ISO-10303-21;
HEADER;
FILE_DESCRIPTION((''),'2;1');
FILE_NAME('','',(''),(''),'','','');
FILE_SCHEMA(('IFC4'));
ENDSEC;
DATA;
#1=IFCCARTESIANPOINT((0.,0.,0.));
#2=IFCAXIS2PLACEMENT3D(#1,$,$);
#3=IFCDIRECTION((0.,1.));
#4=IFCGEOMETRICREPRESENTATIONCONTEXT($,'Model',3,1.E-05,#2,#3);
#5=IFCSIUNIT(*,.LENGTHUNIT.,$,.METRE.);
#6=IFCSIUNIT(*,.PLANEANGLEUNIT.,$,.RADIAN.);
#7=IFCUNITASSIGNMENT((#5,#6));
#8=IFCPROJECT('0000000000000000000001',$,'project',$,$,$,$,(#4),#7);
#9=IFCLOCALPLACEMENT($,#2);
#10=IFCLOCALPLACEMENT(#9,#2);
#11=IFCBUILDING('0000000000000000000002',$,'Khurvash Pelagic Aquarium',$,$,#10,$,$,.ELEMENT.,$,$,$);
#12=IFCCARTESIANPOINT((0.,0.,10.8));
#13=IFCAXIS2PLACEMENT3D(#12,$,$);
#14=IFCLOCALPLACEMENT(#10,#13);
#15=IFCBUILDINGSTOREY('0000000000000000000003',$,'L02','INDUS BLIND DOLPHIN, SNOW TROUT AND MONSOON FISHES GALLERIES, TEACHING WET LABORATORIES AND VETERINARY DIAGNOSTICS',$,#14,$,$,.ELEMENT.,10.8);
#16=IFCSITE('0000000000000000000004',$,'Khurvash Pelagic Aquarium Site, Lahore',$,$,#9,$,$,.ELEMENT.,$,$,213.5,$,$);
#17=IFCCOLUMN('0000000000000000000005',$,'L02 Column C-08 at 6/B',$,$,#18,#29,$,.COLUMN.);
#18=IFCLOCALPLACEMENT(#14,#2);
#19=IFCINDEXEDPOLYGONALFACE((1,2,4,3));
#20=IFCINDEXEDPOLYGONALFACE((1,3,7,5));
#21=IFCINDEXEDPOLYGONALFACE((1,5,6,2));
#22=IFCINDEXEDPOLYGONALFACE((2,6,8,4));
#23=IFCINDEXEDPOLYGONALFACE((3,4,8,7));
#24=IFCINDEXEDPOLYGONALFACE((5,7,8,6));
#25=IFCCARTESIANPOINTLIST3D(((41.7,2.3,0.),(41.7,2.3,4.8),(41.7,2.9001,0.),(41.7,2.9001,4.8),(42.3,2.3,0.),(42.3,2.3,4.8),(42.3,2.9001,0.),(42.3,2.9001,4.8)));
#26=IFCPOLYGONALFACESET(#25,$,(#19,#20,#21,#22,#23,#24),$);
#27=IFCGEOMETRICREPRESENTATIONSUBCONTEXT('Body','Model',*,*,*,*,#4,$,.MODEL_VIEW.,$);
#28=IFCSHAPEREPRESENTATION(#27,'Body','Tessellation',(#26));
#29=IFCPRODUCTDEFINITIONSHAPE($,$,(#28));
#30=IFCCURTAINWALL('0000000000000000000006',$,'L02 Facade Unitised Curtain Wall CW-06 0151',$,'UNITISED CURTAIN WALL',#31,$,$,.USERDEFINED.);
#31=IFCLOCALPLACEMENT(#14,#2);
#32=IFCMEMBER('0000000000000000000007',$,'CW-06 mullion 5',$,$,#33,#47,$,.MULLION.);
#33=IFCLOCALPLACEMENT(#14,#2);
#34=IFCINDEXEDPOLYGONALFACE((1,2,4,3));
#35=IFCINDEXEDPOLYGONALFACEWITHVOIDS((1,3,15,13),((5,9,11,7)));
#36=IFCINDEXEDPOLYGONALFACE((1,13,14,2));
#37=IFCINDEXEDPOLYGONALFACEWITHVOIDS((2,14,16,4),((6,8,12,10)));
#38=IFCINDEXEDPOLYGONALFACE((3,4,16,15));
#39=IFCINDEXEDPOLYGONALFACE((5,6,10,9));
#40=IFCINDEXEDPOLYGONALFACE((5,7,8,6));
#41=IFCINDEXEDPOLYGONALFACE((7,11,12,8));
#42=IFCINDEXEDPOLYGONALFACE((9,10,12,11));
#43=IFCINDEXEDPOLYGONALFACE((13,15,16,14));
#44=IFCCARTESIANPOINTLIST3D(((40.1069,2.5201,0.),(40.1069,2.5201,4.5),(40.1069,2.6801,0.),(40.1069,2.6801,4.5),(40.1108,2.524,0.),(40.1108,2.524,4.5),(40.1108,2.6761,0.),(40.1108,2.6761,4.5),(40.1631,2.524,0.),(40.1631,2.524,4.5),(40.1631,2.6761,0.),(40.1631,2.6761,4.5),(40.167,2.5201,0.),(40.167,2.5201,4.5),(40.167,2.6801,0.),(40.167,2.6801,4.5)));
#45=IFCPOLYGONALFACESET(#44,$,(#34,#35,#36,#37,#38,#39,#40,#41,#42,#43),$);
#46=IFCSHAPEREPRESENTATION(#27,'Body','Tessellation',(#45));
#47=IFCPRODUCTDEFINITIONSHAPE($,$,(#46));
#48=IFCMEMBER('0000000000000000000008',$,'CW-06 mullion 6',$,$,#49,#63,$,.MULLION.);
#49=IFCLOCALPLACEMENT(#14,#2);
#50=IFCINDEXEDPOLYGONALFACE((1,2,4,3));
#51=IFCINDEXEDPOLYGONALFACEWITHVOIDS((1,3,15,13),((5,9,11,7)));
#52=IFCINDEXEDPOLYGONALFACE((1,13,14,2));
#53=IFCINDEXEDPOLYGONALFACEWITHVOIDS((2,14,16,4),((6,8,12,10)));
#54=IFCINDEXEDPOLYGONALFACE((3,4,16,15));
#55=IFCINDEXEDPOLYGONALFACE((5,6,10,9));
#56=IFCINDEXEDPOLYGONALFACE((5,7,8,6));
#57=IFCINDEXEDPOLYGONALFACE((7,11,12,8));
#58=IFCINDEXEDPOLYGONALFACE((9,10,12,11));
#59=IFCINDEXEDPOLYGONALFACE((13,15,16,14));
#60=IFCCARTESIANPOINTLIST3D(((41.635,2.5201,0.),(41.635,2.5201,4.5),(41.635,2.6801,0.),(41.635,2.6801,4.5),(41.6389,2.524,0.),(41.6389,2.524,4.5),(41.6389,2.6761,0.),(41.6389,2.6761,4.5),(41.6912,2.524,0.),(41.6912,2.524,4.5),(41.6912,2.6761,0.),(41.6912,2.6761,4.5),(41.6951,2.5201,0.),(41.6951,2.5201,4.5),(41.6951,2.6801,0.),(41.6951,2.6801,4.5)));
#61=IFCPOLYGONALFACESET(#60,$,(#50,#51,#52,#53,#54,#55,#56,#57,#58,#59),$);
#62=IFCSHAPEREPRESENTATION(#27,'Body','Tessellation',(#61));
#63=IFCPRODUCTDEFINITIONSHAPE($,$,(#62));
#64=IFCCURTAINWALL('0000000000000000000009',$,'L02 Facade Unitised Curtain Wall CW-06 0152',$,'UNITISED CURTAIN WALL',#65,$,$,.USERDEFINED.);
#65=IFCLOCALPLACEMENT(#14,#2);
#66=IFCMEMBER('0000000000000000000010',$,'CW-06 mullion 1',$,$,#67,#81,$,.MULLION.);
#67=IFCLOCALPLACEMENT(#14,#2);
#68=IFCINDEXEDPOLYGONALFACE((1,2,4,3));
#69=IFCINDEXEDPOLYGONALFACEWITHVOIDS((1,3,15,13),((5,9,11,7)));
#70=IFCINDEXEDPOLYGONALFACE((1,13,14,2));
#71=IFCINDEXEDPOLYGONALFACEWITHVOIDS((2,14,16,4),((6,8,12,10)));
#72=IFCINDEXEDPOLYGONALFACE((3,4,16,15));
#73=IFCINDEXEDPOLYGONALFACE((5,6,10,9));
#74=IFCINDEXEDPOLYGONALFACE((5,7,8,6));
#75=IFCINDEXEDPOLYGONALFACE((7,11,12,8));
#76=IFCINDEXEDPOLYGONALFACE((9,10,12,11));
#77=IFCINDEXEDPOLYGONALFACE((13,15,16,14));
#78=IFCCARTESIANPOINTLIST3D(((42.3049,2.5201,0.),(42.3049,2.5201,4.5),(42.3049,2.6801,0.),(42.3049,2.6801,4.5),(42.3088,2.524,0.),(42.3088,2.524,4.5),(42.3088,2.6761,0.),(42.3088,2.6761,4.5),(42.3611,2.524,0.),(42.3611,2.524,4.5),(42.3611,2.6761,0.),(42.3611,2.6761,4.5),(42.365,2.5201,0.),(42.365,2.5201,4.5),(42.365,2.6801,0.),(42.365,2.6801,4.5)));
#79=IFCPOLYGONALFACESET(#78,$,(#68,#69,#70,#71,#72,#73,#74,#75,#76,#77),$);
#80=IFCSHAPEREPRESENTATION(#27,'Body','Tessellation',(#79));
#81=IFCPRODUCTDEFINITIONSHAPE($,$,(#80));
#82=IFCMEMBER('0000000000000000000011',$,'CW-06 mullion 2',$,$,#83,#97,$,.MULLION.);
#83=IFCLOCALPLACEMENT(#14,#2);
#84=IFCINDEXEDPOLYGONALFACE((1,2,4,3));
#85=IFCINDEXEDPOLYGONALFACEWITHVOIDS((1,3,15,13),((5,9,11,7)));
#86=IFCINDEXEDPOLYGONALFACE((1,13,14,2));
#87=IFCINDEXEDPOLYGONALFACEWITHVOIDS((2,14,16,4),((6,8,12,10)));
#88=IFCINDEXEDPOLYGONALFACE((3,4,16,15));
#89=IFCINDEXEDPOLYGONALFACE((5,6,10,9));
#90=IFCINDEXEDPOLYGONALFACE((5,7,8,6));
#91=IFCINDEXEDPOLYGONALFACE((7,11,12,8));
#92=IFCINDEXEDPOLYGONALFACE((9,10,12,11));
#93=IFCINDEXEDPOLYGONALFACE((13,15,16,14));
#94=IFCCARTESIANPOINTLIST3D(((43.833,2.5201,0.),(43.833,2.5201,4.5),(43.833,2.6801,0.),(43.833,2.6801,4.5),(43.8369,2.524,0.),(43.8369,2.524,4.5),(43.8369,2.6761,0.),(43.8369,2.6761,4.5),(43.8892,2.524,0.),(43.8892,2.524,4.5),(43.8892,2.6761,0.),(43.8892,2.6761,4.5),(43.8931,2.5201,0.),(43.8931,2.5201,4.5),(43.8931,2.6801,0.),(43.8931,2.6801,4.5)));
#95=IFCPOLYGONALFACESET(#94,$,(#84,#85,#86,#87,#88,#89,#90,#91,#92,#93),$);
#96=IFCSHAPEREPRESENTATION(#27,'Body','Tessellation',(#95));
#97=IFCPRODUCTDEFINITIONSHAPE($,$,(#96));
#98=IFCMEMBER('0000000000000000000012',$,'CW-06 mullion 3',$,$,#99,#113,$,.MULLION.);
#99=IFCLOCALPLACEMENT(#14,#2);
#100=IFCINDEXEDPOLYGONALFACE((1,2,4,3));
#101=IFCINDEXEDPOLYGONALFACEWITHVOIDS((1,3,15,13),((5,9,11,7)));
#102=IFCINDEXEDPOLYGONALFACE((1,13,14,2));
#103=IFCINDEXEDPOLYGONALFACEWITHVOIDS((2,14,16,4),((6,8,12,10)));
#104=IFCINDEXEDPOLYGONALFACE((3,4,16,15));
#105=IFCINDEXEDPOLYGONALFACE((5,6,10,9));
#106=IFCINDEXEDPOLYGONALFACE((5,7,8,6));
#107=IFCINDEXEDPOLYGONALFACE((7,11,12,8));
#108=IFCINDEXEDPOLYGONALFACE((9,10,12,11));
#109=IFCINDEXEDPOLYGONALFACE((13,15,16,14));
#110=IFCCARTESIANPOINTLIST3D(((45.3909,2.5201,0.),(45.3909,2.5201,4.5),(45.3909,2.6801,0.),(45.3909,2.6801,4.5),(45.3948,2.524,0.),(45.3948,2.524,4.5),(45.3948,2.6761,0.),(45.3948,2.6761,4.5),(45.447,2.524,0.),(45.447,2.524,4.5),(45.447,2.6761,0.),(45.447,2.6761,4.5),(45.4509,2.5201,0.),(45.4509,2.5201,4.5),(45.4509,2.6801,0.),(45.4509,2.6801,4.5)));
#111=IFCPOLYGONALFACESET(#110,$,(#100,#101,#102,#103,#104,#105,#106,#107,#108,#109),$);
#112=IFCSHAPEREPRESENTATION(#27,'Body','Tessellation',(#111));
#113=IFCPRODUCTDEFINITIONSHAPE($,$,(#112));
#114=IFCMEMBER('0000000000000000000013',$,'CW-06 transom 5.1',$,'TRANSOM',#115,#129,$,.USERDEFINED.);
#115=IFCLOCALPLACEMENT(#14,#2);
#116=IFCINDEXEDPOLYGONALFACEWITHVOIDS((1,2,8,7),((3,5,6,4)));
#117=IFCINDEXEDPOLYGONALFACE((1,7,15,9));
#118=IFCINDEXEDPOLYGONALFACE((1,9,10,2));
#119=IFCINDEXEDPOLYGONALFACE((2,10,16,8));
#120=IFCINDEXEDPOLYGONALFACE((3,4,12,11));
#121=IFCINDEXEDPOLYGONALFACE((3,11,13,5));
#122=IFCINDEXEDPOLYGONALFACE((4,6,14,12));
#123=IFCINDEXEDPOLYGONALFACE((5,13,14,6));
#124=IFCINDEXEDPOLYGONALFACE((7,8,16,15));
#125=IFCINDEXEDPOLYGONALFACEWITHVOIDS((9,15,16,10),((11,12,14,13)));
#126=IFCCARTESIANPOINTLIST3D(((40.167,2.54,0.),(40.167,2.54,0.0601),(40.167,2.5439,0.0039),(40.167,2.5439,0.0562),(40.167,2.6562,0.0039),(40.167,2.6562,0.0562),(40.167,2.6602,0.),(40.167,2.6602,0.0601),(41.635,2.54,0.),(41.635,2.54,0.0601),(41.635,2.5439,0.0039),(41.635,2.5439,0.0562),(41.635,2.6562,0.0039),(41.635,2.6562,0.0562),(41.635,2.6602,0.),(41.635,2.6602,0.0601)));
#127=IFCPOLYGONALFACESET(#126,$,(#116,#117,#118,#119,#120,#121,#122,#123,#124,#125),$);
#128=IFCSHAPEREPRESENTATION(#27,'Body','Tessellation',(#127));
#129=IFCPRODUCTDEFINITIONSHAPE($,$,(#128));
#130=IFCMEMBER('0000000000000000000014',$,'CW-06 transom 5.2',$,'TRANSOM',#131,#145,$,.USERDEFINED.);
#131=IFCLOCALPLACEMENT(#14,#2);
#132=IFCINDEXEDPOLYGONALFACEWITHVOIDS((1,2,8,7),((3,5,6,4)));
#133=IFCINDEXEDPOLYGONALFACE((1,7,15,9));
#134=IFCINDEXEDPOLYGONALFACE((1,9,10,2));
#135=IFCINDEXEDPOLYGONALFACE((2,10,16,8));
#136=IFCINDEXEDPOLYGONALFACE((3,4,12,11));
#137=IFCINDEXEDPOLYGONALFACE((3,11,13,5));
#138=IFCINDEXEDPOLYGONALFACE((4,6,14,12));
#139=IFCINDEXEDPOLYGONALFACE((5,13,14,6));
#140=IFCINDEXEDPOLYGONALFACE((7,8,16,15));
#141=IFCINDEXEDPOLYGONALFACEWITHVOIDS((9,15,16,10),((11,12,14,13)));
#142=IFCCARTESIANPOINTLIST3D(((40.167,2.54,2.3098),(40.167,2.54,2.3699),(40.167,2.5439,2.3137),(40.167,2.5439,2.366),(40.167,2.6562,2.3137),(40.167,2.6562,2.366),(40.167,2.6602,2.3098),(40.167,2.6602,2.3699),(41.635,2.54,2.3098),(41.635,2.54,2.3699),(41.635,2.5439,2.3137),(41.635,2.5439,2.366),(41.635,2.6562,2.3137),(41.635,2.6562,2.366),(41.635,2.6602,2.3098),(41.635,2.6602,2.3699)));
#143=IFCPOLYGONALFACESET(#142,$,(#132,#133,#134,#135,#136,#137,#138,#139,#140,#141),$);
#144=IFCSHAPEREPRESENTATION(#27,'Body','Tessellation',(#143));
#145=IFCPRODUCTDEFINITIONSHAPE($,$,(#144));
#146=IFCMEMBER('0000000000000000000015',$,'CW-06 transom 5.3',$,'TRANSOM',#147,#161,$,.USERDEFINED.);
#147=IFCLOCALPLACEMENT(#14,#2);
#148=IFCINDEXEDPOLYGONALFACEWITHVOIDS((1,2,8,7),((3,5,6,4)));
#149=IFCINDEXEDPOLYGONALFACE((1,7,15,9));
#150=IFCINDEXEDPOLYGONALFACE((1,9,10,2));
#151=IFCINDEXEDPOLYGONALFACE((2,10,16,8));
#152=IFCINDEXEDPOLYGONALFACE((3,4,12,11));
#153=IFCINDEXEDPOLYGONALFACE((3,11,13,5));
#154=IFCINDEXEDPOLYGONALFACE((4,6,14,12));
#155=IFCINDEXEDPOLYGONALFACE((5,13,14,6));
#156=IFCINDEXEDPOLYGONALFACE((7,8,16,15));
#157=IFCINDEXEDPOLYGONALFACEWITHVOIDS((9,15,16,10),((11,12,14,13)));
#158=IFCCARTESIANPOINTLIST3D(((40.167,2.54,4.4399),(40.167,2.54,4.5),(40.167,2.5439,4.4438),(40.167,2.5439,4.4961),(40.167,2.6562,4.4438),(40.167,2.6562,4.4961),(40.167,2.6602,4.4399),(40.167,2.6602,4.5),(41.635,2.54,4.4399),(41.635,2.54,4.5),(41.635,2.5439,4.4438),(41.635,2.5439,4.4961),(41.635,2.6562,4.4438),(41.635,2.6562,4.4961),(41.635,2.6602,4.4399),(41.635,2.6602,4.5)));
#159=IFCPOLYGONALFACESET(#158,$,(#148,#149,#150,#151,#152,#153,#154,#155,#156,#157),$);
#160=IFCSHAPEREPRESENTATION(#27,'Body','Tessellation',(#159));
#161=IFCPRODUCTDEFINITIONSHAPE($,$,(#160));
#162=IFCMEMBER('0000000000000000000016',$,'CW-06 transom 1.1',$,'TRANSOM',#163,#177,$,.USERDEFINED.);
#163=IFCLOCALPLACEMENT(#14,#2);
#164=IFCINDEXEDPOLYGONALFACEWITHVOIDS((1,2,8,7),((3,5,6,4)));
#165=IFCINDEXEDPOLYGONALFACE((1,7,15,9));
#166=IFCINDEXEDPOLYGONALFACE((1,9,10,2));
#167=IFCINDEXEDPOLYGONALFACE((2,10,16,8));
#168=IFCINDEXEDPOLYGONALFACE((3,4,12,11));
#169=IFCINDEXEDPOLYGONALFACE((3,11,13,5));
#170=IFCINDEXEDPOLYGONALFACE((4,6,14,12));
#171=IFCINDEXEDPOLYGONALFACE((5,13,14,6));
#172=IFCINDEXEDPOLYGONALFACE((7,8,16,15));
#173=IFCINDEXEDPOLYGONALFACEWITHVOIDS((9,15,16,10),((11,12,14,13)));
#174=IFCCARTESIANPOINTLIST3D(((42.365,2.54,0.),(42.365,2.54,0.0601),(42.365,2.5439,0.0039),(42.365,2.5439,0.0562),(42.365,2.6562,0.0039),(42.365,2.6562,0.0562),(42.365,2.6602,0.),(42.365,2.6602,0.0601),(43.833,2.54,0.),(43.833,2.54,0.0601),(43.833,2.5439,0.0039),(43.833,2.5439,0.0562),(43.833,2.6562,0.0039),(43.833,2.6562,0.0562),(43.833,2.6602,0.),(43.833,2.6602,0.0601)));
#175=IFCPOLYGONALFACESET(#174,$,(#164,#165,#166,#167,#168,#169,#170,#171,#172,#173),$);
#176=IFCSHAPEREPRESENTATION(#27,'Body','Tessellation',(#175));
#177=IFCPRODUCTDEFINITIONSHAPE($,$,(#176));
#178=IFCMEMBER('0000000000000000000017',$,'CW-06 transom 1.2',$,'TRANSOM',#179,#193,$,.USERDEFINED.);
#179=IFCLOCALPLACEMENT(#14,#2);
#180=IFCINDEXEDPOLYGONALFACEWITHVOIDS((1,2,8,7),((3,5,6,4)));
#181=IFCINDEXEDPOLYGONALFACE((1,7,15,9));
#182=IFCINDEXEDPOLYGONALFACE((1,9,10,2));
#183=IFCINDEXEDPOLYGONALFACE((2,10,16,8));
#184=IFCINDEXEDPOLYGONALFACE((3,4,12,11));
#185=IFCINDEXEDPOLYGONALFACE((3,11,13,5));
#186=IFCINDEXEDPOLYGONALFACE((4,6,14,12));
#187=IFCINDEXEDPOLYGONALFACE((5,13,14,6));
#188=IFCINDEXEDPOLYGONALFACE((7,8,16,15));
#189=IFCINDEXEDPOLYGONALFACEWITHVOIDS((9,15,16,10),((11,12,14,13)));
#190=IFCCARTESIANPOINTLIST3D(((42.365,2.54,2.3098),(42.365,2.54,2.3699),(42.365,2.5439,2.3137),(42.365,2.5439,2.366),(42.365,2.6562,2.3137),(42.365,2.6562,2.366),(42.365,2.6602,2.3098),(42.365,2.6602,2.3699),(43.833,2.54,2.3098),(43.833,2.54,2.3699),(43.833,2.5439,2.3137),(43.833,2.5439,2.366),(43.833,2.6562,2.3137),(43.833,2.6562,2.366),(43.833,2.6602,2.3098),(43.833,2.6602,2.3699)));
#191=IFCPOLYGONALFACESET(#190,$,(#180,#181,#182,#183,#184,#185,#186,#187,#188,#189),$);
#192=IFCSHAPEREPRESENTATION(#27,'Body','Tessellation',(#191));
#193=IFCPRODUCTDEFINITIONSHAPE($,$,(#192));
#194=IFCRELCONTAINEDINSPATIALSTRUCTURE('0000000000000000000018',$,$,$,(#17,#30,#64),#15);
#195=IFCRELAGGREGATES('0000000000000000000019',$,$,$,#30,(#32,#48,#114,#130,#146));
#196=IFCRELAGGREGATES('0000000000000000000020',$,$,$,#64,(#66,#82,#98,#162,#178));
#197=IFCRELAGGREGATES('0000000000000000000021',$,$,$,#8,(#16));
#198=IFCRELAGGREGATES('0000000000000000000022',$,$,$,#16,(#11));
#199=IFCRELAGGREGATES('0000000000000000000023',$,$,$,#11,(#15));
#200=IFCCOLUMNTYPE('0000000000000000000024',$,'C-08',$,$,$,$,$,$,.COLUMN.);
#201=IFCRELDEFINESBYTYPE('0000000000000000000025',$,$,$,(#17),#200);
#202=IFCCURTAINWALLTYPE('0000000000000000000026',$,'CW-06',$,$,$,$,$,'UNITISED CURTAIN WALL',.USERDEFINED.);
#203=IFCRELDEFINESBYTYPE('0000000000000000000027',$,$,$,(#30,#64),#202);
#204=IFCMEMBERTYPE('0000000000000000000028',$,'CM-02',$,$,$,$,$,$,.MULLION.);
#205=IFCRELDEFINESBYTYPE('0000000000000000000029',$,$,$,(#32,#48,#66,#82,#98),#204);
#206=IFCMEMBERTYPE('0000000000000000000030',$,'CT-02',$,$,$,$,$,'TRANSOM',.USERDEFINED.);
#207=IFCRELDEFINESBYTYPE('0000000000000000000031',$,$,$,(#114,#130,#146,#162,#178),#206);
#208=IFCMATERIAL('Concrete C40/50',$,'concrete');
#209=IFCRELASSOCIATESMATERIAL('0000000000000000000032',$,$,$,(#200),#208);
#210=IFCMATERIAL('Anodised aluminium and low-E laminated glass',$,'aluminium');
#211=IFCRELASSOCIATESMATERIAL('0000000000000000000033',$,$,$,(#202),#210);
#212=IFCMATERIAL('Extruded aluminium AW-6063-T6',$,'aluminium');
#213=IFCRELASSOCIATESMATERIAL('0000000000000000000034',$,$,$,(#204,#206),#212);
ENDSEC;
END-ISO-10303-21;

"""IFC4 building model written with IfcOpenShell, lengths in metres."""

from ifc_helpers import new_model, si_unit, direction, frame, origin, origin_2d, place, context, subcontext, project, spatial, rectangle, hollow_rectangle, extrude, material, material_profile, profile_set, type_object, element, aggregate, save


model = new_model("IFC4")

# Units and contexts
model_context = context("Model", 3, precision=1e-05, world=origin(), true_north=direction((0.0, 1.0)))
body_context = subcontext(model_context, "Body", "Model", "MODEL_VIEW")
ifc_project = project(units=[si_unit("LENGTHUNIT", "METRE"), si_unit("PLANEANGLEUNIT", "RADIAN")], contexts=[model_context])

# Site, building, storey
site_placement = place(None, origin())
site = spatial("IfcSite", under=ifc_project, at=site_placement, Name="Khurvash Pelagic Aquarium Site, Lahore", CompositionType="ELEMENT", RefElevation=213.5)
building_placement = place(site_placement, origin())
building = spatial("IfcBuilding", under=site, at=building_placement, Name="Khurvash Pelagic Aquarium", CompositionType="ELEMENT")
storey_placement = place(building_placement, frame((0.0, 0.0, 10.8)))
storey = spatial("IfcBuildingStorey", under=building, at=storey_placement, Name="L02", Description="INDUS BLIND DOLPHIN, SNOW TROUT AND MONSOON FISHES GALLERIES, TEACHING WET LABORATORIES AND VETERINARY DIAGNOSTICS", CompositionType="ELEMENT", Elevation=10.8)

# Column
ifc_material_1 = material(Name="Concrete C40/50", Category="concrete")
ifc_material_profile_1 = material_profile(ifc_material_1, rectangle(XDim=0.6001, YDim=0.6001, at=origin_2d()), Name="RC600X600")
ifc_profile_set_1 = profile_set([ifc_material_profile_1], Name="Concrete C40/50")
column_type = type_object("IfcColumnType", Name="C-08", PredefinedType="COLUMN", material=ifc_profile_set_1)
column_placement = place(storey_placement, frame((42.0, 2.6001, 0.0), z_axis=(0.0, 0.0, 1.0), x_axis=(1.0, 0.0, 0.0)))
element("IfcColumn", 1, at=column_placement, inside=storey, type_object=column_type, Name="L02 Column C-08 at 6/B", PredefinedType="COLUMN", context=body_context, shape_type="SweptSolid", body=[
    extrude(rectangle(XDim=0.6001, YDim=0.6001, at=origin_2d()), origin(), (0.0, 0.0, 1.0), 4.8),
])

# Curtain walls, members
ifc_material_2 = material(Name="Anodised aluminium and low-E laminated glass", Category="aluminium")
curtain_wall_type = type_object("IfcCurtainWallType", Name="CW-06", ElementType="UNITISED CURTAIN WALL", PredefinedType="USERDEFINED", material=ifc_material_2)
curtain_wall_1_placement = place(storey_placement, origin())
curtain_wall_1 = element("IfcCurtainWall", 2, at=curtain_wall_1_placement, inside=storey, type_object=curtain_wall_type, Name="L02 Facade Unitised Curtain Wall CW-06 0151", ObjectType="UNITISED CURTAIN WALL", PredefinedType="USERDEFINED")
ifc_material_3 = material(Name="Extruded aluminium AW-6063-T6", Category="aluminium")
ifc_material_profile_2 = material_profile(ifc_material_3, hollow_rectangle(XDim=0.0601, YDim=0.1599, WallThickness=0.0039, at=origin_2d()), Name="CWM60X160X4")
ifc_profile_set_2 = profile_set([ifc_material_profile_2], Name="Extruded aluminium AW-6063-T6")
member_type_1 = type_object("IfcMemberType", Name="CM-02", PredefinedType="MULLION", material=ifc_profile_set_2)
member_1_placement = place(storey_placement, frame((40.137, 2.6001, 0.0), z_axis=(0.0, 0.0, 1.0), x_axis=(1.0, 0.0, 0.0)))
member_1 = element("IfcMember", 3, at=member_1_placement, type_object=member_type_1, Name="CW-06 mullion 5", PredefinedType="MULLION", context=body_context, shape_type="SweptSolid", body=[
    extrude(hollow_rectangle(XDim=0.0601, YDim=0.1599, WallThickness=0.0039, at=origin_2d()), origin(), (0.0, 0.0, 1.0), 4.5),
])
member_2_placement = place(storey_placement, frame((41.665, 2.6001, 0.0), z_axis=(0.0, 0.0, 1.0), x_axis=(1.0, 0.0, 0.0)))
member_2 = element("IfcMember", 4, at=member_2_placement, type_object=member_type_1, Name="CW-06 mullion 6", PredefinedType="MULLION", context=body_context, shape_type="SweptSolid", body=[
    extrude(hollow_rectangle(XDim=0.0601, YDim=0.1599, WallThickness=0.0039, at=origin_2d()), origin(), (0.0, 0.0, 1.0), 4.5),
])
curtain_wall_2_placement = place(storey_placement, origin())
curtain_wall_2 = element("IfcCurtainWall", 5, at=curtain_wall_2_placement, inside=storey, type_object=curtain_wall_type, Name="L02 Facade Unitised Curtain Wall CW-06 0152", ObjectType="UNITISED CURTAIN WALL", PredefinedType="USERDEFINED")
member_3_placement = place(storey_placement, frame((42.335, 2.6001, 0.0), z_axis=(0.0, 0.0, 1.0), x_axis=(1.0, 0.0, 0.0)))
member_3 = element("IfcMember", 6, at=member_3_placement, type_object=member_type_1, Name="CW-06 mullion 1", PredefinedType="MULLION", context=body_context, shape_type="SweptSolid", body=[
    extrude(hollow_rectangle(XDim=0.0601, YDim=0.1599, WallThickness=0.0039, at=origin_2d()), origin(), (0.0, 0.0, 1.0), 4.5),
])
member_4_placement = place(storey_placement, frame((43.863, 2.6001, 0.0), z_axis=(0.0, 0.0, 1.0), x_axis=(1.0, 0.0, 0.0)))
member_4 = element("IfcMember", 7, at=member_4_placement, type_object=member_type_1, Name="CW-06 mullion 2", PredefinedType="MULLION", context=body_context, shape_type="SweptSolid", body=[
    extrude(hollow_rectangle(XDim=0.0601, YDim=0.1599, WallThickness=0.0039, at=origin_2d()), origin(), (0.0, 0.0, 1.0), 4.5),
])
member_5_placement = place(storey_placement, frame((45.4209, 2.6001, 0.0), z_axis=(0.0, 0.0, 1.0), x_axis=(1.0, 0.0, 0.0)))
member_5 = element("IfcMember", 8, at=member_5_placement, type_object=member_type_1, Name="CW-06 mullion 3", PredefinedType="MULLION", context=body_context, shape_type="SweptSolid", body=[
    extrude(hollow_rectangle(XDim=0.0601, YDim=0.1599, WallThickness=0.0039, at=origin_2d()), origin(), (0.0, 0.0, 1.0), 4.5),
])

# Members
ifc_material_profile_3 = material_profile(ifc_material_3, hollow_rectangle(XDim=0.1201, YDim=0.0601, WallThickness=0.0039, at=origin_2d()), Name="CWT120X60X4")
ifc_profile_set_3 = profile_set([ifc_material_profile_3], Name="Extruded aluminium AW-6063-T6")
member_type_2 = type_object("IfcMemberType", Name="CT-02", ElementType="TRANSOM", PredefinedType="USERDEFINED", material=ifc_profile_set_3)
member_6_placement = place(storey_placement, frame((40.167, 2.6001, 0.03), z_axis=(1.0, 0.0, 0.0), x_axis=(0.0, 1.0, 0.0)))
member_6 = element("IfcMember", 9, at=member_6_placement, type_object=member_type_2, Name="CW-06 transom 5.1", ObjectType="TRANSOM", PredefinedType="USERDEFINED", context=body_context, shape_type="SweptSolid", body=[
    extrude(hollow_rectangle(XDim=0.1201, YDim=0.0601, WallThickness=0.0039, at=origin_2d()), origin(), (0.0, 0.0, 1.0), 1.468),
])
member_7_placement = place(storey_placement, frame((40.167, 2.6001, 2.3398), z_axis=(1.0, 0.0, 0.0), x_axis=(0.0, 1.0, 0.0)))
member_7 = element("IfcMember", 10, at=member_7_placement, type_object=member_type_2, Name="CW-06 transom 5.2", ObjectType="TRANSOM", PredefinedType="USERDEFINED", context=body_context, shape_type="SweptSolid", body=[
    extrude(hollow_rectangle(XDim=0.1201, YDim=0.0601, WallThickness=0.0039, at=origin_2d()), origin(), (0.0, 0.0, 1.0), 1.468),
])
member_8_placement = place(storey_placement, frame((40.167, 2.6001, 4.47), z_axis=(1.0, 0.0, 0.0), x_axis=(0.0, 1.0, 0.0)))
member_8 = element("IfcMember", 11, at=member_8_placement, type_object=member_type_2, Name="CW-06 transom 5.3", ObjectType="TRANSOM", PredefinedType="USERDEFINED", context=body_context, shape_type="SweptSolid", body=[
    extrude(hollow_rectangle(XDim=0.1201, YDim=0.0601, WallThickness=0.0039, at=origin_2d()), origin(), (0.0, 0.0, 1.0), 1.468),
])
member_9_placement = place(storey_placement, frame((42.365, 2.6001, 0.03), z_axis=(1.0, 0.0, 0.0), x_axis=(0.0, 1.0, 0.0)))
member_9 = element("IfcMember", 12, at=member_9_placement, type_object=member_type_2, Name="CW-06 transom 1.1", ObjectType="TRANSOM", PredefinedType="USERDEFINED", context=body_context, shape_type="SweptSolid", body=[
    extrude(hollow_rectangle(XDim=0.1201, YDim=0.0601, WallThickness=0.0039, at=origin_2d()), origin(), (0.0, 0.0, 1.0), 1.468),
])
member_10_placement = place(storey_placement, frame((42.365, 2.6001, 2.3398), z_axis=(1.0, 0.0, 0.0), x_axis=(0.0, 1.0, 0.0)))
member_10 = element("IfcMember", 13, at=member_10_placement, type_object=member_type_2, Name="CW-06 transom 1.2", ObjectType="TRANSOM", PredefinedType="USERDEFINED", context=body_context, shape_type="SweptSolid", body=[
    extrude(hollow_rectangle(XDim=0.1201, YDim=0.0601, WallThickness=0.0039, at=origin_2d()), origin(), (0.0, 0.0, 1.0), 1.468),
])

aggregate(curtain_wall_1, [member_1, member_2, member_6, member_7, member_8])
aggregate(curtain_wall_2, [member_3, member_4, member_5, member_9, member_10])

save(model, "model.ifc")
